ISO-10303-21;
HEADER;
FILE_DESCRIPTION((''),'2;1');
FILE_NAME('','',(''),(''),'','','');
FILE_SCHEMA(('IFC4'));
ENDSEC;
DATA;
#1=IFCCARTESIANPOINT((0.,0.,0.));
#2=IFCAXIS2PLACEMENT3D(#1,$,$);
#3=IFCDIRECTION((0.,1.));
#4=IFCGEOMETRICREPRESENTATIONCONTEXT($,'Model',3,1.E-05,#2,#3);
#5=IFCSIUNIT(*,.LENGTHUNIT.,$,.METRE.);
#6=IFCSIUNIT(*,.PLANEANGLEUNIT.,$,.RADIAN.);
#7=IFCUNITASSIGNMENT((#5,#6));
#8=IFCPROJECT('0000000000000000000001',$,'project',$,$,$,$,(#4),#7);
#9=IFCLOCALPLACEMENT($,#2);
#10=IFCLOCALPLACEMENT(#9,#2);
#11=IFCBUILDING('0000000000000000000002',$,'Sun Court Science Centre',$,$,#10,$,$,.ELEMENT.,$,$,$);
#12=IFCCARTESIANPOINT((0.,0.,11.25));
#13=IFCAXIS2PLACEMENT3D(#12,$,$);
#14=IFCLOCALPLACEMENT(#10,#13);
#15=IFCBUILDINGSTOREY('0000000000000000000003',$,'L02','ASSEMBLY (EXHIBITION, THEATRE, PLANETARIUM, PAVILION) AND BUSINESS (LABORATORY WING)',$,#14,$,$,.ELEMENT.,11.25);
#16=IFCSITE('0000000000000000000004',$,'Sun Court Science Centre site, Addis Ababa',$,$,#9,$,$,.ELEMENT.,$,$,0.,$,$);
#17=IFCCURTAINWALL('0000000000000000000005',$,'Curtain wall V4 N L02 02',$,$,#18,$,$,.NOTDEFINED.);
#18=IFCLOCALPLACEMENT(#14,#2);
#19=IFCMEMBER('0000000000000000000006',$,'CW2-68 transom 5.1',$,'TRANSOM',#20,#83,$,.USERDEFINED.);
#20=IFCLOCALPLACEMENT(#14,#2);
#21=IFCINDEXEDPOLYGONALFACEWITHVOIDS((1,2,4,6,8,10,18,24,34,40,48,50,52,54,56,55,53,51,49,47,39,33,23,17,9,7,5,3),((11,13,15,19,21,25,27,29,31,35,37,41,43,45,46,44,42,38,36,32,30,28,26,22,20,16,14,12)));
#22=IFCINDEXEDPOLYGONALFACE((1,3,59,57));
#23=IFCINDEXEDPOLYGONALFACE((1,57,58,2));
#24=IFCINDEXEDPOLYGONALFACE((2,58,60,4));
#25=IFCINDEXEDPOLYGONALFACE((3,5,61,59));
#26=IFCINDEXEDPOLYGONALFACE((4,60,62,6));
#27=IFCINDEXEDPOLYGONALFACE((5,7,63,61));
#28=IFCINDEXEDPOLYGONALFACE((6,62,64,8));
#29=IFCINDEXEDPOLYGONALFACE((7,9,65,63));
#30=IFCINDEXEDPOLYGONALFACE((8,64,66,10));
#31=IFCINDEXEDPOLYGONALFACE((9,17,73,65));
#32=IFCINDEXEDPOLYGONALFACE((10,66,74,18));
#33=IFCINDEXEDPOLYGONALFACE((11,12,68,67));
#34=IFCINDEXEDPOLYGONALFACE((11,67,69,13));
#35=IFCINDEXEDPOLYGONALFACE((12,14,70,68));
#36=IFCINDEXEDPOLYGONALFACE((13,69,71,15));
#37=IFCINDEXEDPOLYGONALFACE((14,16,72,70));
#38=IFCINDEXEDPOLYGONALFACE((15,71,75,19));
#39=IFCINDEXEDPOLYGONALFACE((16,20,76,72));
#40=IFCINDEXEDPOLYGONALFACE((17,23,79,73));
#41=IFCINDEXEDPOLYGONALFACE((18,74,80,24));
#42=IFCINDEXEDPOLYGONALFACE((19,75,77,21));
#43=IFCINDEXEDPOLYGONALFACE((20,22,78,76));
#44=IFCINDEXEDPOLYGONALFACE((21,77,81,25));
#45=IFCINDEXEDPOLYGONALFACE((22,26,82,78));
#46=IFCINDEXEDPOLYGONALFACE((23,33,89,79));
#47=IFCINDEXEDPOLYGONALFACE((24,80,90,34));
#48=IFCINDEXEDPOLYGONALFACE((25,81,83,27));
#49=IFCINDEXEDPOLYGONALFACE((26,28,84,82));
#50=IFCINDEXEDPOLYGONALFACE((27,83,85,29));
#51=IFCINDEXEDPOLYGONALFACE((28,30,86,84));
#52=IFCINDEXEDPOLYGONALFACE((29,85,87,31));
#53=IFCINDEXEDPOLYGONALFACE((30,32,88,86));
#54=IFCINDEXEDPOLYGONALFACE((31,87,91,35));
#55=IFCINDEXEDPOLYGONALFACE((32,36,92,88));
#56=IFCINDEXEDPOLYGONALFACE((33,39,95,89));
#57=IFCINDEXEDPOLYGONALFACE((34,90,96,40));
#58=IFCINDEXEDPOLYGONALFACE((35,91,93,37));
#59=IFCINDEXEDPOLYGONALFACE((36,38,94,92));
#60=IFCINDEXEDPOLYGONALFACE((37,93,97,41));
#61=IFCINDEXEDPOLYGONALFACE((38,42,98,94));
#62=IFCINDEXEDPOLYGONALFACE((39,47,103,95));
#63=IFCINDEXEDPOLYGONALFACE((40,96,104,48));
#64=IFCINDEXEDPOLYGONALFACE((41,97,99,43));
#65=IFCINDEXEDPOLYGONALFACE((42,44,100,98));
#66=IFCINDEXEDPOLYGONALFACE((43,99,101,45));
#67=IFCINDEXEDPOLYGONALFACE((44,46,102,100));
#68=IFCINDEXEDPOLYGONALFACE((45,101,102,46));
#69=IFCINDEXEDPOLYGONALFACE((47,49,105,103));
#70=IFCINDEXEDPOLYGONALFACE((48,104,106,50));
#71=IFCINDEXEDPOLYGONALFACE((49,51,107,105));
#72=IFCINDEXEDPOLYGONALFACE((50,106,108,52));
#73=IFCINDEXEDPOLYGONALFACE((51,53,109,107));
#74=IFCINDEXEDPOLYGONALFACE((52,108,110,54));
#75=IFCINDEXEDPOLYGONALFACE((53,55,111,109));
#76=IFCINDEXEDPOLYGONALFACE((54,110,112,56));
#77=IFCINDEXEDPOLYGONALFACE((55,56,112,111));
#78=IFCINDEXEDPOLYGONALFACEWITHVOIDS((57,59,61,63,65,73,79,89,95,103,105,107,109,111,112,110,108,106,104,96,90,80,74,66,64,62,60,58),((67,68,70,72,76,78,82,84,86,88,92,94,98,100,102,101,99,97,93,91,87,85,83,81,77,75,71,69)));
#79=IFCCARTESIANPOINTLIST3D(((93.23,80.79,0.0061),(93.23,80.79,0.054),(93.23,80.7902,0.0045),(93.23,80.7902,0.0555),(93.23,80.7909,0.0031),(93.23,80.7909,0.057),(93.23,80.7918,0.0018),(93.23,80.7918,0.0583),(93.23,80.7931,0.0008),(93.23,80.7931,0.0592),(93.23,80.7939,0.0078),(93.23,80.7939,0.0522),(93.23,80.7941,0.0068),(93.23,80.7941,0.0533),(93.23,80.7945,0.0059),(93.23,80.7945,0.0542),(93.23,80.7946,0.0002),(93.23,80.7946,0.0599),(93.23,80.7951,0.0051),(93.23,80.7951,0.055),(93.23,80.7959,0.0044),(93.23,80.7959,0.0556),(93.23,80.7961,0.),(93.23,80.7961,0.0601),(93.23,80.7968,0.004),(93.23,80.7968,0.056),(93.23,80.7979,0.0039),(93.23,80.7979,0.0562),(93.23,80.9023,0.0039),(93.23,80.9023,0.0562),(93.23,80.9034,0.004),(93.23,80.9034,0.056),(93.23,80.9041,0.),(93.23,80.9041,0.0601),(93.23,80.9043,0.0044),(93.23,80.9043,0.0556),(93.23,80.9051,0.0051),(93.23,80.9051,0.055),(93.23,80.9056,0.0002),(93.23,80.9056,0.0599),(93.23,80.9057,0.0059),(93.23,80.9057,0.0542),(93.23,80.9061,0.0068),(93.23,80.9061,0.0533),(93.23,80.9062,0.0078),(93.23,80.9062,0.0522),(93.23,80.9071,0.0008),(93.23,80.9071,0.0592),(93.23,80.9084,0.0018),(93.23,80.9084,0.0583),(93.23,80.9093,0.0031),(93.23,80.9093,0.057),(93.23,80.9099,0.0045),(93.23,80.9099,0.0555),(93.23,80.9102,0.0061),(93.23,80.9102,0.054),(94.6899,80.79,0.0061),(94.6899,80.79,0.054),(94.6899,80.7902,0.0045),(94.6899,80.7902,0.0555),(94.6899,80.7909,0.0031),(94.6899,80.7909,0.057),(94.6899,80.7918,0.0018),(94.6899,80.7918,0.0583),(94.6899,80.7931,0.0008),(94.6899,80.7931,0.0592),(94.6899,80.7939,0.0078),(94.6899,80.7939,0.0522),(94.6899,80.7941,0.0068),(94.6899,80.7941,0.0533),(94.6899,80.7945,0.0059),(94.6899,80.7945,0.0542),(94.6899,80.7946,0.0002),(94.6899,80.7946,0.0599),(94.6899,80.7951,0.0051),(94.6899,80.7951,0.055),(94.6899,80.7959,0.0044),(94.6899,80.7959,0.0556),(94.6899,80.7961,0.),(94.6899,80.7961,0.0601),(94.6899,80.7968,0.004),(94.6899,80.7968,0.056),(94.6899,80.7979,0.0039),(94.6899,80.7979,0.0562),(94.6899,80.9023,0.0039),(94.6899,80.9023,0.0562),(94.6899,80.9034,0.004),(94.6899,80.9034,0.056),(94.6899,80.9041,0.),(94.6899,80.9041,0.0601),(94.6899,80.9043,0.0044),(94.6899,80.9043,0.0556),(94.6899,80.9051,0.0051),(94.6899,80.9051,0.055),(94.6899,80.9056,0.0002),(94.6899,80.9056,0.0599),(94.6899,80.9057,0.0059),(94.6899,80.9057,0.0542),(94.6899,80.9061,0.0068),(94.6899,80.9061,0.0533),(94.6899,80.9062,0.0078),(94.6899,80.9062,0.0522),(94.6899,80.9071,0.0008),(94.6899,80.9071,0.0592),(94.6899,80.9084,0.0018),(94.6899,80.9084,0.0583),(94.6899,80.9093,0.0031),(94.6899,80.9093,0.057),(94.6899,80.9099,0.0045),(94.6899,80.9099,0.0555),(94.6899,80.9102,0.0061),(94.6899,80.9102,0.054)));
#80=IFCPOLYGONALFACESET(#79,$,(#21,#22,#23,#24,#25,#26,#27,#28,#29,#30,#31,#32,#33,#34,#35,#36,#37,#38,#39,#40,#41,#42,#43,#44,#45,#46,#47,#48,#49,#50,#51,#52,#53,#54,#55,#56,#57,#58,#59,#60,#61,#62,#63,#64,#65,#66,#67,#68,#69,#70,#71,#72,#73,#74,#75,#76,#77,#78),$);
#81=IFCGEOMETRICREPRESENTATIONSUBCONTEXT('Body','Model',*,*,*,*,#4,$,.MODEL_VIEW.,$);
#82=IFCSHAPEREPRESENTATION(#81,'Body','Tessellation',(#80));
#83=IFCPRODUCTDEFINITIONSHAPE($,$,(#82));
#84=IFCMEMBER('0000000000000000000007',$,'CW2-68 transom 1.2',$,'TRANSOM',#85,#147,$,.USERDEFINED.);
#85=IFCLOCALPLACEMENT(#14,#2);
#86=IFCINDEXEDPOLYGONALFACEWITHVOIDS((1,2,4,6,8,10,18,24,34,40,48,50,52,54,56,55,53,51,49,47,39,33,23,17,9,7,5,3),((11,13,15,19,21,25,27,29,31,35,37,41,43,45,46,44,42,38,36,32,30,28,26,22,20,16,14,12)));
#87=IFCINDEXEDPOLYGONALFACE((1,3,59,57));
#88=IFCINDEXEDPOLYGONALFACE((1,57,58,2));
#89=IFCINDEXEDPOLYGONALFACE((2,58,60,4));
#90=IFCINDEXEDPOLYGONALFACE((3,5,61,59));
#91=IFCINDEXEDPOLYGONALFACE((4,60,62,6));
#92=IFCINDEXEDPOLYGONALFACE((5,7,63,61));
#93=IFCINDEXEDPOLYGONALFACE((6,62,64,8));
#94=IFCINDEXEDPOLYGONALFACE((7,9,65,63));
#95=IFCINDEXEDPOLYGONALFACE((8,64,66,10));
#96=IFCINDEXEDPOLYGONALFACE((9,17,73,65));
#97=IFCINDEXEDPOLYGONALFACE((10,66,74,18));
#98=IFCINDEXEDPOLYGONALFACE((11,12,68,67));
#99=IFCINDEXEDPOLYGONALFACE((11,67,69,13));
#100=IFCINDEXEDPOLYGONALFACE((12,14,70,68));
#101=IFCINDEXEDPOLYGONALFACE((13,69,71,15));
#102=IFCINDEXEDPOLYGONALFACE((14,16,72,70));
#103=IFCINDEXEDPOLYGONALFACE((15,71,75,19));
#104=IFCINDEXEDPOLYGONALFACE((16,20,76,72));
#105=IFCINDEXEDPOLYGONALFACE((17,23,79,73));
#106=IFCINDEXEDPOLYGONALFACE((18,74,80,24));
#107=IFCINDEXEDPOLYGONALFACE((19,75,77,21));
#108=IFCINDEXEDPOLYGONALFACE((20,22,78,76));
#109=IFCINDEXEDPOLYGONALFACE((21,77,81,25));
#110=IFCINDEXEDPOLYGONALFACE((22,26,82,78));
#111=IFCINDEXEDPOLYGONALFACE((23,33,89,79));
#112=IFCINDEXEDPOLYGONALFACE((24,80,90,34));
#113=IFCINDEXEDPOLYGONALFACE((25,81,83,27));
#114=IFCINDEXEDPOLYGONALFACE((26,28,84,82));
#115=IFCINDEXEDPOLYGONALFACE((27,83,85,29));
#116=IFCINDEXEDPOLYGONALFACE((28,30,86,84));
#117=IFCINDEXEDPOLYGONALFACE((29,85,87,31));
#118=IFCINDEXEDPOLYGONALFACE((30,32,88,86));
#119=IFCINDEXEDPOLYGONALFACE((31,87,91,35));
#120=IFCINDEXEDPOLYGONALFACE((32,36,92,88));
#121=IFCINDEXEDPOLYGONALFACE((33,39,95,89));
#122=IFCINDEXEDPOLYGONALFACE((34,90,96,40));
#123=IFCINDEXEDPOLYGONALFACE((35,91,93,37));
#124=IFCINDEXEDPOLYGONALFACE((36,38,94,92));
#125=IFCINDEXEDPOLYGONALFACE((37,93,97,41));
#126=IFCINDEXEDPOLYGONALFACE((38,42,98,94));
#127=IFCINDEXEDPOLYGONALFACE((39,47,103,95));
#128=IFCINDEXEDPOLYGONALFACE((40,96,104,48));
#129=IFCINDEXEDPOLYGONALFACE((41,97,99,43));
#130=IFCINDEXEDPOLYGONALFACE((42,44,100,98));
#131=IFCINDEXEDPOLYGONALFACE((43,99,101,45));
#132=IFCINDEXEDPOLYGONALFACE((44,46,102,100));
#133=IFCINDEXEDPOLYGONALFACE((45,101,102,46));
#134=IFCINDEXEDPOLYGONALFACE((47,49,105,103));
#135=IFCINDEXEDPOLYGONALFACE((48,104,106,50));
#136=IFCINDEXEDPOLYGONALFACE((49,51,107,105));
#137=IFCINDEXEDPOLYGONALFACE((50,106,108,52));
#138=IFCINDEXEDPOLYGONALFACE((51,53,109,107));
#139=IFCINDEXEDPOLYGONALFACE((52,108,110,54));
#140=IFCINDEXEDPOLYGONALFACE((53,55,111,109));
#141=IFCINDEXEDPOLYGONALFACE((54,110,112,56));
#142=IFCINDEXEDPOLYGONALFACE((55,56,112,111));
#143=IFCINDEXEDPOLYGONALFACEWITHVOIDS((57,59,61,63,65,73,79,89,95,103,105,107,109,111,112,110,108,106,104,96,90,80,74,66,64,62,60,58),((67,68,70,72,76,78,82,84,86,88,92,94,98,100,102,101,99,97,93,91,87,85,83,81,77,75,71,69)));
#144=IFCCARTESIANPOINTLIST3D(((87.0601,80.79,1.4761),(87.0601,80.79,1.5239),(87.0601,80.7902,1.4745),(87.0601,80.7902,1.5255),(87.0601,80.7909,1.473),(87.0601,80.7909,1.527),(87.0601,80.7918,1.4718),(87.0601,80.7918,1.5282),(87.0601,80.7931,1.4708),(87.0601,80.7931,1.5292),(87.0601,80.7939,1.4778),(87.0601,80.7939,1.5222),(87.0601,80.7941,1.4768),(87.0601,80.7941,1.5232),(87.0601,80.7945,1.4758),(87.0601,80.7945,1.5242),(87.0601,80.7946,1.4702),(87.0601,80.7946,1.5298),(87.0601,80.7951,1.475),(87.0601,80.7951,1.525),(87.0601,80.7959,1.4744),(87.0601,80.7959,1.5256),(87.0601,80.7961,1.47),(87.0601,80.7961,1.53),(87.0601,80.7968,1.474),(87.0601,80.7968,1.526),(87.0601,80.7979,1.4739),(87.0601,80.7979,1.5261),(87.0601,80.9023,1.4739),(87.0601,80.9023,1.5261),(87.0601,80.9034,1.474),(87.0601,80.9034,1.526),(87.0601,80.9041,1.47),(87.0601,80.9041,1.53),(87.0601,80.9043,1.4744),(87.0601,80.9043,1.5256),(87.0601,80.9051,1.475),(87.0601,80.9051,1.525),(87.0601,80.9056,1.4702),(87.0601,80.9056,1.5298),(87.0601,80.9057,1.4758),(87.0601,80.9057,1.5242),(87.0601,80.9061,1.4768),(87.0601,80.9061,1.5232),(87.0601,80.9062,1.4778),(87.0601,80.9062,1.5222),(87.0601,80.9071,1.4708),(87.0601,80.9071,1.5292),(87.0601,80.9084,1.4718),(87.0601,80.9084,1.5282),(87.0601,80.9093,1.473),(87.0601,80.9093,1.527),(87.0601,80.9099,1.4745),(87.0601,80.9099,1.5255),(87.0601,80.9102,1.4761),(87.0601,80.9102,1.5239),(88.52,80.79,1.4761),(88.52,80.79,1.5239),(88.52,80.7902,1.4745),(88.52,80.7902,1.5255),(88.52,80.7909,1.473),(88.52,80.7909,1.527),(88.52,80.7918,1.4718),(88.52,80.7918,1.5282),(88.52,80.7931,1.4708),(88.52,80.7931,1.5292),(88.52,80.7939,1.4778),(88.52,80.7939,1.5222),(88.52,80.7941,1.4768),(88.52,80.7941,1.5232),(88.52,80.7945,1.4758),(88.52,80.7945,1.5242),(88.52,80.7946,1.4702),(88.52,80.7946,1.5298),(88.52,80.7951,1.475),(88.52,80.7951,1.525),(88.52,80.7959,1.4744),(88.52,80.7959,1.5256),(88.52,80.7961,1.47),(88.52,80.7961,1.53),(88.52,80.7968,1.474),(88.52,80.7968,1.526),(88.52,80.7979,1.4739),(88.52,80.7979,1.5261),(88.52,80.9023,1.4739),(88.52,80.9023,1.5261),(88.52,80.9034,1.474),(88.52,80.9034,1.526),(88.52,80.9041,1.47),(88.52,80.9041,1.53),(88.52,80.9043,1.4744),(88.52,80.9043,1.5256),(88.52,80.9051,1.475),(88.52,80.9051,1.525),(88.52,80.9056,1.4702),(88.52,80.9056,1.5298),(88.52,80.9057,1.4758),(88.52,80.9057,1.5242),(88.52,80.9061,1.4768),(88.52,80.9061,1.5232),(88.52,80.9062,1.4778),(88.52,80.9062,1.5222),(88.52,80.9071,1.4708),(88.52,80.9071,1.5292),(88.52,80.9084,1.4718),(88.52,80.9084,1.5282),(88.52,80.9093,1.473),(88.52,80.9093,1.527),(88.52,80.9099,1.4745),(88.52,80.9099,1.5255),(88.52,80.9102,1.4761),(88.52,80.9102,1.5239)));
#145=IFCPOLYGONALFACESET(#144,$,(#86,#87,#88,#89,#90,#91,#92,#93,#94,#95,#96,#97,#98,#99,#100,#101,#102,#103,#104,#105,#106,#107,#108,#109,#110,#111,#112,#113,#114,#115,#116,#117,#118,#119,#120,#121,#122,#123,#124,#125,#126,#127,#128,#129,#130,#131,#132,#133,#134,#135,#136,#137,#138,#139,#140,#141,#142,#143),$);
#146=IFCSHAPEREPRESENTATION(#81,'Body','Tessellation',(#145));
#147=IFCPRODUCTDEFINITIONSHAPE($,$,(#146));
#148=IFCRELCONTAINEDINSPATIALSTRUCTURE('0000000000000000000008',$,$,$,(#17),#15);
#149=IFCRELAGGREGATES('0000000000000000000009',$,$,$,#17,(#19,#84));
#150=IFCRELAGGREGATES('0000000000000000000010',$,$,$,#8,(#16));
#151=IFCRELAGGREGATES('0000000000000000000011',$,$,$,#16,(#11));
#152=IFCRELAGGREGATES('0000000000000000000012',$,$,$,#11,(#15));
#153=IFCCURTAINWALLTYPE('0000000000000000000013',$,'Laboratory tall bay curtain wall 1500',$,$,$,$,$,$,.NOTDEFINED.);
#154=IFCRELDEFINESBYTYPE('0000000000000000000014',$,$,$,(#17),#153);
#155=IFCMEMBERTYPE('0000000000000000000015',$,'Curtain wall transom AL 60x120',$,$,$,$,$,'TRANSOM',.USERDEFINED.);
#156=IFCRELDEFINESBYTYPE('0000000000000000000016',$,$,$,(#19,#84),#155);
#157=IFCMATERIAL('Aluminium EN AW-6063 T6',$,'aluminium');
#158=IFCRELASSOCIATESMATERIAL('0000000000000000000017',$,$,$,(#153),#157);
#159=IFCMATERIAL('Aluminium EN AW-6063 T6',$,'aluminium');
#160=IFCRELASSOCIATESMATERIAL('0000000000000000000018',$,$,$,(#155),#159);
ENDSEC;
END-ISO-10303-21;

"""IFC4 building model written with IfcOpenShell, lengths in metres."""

from ifc_helpers import new_model, si_unit, direction, frame, origin, origin_2d, place, context, subcontext, project, spatial, hollow_rectangle, extrude, material, material_profile, profile_set, type_object, element, aggregate, save


model = new_model("IFC4")

# Units and contexts
model_context = context("Model", 3, precision=1e-05, world=origin(), true_north=direction((0.0, 1.0)))
body_context = subcontext(model_context, "Body", "Model", "MODEL_VIEW")
ifc_project = project(units=[si_unit("LENGTHUNIT", "METRE"), si_unit("PLANEANGLEUNIT", "RADIAN")], contexts=[model_context])

# Site, building, storey
site_placement = place(None, origin())
site = spatial("IfcSite", under=ifc_project, at=site_placement, Name="Sun Court Science Centre site, Addis Ababa", CompositionType="ELEMENT", RefElevation=0.0)
building_placement = place(site_placement, origin())
building = spatial("IfcBuilding", under=site, at=building_placement, Name="Sun Court Science Centre", CompositionType="ELEMENT")
storey_placement = place(building_placement, frame((0.0, 0.0, 11.25)))
storey = spatial("IfcBuildingStorey", under=building, at=storey_placement, Name="L02", Description="ASSEMBLY (EXHIBITION, THEATRE, PLANETARIUM, PAVILION) AND BUSINESS (LABORATORY WING)", CompositionType="ELEMENT", Elevation=11.25)

# Curtain wall, members
ifc_material_1 = material(Name="Aluminium EN AW-6063 T6", Category="aluminium")
curtain_wall_type = type_object("IfcCurtainWallType", Name="Laboratory tall bay curtain wall 1500", PredefinedType="NOTDEFINED", material=ifc_material_1)
curtain_wall_placement = place(storey_placement, origin())
curtain_wall = element("IfcCurtainWall", 1, at=curtain_wall_placement, inside=storey, type_object=curtain_wall_type, Name="Curtain wall V4 N L02 02", PredefinedType="NOTDEFINED")
ifc_material_2 = material(Name="Aluminium EN AW-6063 T6", Category="aluminium")
ifc_material_profile_1 = material_profile(ifc_material_2, hollow_rectangle(XDim=0.0601, YDim=0.1201, WallThickness=0.0039, InnerFilletRadius=0.0039, OuterFilletRadius=0.0061, at=origin_2d()), Name="AL 60x120x4")
ifc_profile_set_1 = profile_set([ifc_material_profile_1], Name="Aluminium EN AW-6063 T6")
member_type_1 = type_object("IfcMemberType", Name="Curtain wall transom AL 60x120", ElementType="TRANSOM", PredefinedType="USERDEFINED", material=ifc_profile_set_1)
member_1_placement = place(storey_placement, frame((93.23, 80.8501, 0.03), z_axis=(1.0, 0.0, 0.0), x_axis=(0.0, 0.0, 1.0)))
member_1 = element("IfcMember", 2, at=member_1_placement, type_object=member_type_1, Name="CW2-68 transom 5.1", ObjectType="TRANSOM", PredefinedType="USERDEFINED", context=body_context, shape_type="SweptSolid", body=[
    extrude(hollow_rectangle(XDim=0.0601, YDim=0.1201, WallThickness=0.0039, InnerFilletRadius=0.0039, OuterFilletRadius=0.0061, at=origin_2d()), origin(), (0.0, 0.0, 1.0), 1.46),
])
member_2_placement = place(storey_placement, frame((87.0601, 80.8501, 1.5), z_axis=(1.0, 0.0, 0.0), x_axis=(0.0, 0.0, 1.0)))
member_2 = element("IfcMember", 3, at=member_2_placement, type_object=member_type_1, Name="CW2-68 transom 1.2", ObjectType="TRANSOM", PredefinedType="USERDEFINED", context=body_context, shape_type="SweptSolid", body=[
    extrude(hollow_rectangle(XDim=0.0601, YDim=0.1201, WallThickness=0.0039, InnerFilletRadius=0.0039, OuterFilletRadius=0.0061, at=origin_2d()), origin(), (0.0, 0.0, 1.0), 1.46),
])
aggregate(curtain_wall, [member_1, member_2])

save(model, "model.ifc")
